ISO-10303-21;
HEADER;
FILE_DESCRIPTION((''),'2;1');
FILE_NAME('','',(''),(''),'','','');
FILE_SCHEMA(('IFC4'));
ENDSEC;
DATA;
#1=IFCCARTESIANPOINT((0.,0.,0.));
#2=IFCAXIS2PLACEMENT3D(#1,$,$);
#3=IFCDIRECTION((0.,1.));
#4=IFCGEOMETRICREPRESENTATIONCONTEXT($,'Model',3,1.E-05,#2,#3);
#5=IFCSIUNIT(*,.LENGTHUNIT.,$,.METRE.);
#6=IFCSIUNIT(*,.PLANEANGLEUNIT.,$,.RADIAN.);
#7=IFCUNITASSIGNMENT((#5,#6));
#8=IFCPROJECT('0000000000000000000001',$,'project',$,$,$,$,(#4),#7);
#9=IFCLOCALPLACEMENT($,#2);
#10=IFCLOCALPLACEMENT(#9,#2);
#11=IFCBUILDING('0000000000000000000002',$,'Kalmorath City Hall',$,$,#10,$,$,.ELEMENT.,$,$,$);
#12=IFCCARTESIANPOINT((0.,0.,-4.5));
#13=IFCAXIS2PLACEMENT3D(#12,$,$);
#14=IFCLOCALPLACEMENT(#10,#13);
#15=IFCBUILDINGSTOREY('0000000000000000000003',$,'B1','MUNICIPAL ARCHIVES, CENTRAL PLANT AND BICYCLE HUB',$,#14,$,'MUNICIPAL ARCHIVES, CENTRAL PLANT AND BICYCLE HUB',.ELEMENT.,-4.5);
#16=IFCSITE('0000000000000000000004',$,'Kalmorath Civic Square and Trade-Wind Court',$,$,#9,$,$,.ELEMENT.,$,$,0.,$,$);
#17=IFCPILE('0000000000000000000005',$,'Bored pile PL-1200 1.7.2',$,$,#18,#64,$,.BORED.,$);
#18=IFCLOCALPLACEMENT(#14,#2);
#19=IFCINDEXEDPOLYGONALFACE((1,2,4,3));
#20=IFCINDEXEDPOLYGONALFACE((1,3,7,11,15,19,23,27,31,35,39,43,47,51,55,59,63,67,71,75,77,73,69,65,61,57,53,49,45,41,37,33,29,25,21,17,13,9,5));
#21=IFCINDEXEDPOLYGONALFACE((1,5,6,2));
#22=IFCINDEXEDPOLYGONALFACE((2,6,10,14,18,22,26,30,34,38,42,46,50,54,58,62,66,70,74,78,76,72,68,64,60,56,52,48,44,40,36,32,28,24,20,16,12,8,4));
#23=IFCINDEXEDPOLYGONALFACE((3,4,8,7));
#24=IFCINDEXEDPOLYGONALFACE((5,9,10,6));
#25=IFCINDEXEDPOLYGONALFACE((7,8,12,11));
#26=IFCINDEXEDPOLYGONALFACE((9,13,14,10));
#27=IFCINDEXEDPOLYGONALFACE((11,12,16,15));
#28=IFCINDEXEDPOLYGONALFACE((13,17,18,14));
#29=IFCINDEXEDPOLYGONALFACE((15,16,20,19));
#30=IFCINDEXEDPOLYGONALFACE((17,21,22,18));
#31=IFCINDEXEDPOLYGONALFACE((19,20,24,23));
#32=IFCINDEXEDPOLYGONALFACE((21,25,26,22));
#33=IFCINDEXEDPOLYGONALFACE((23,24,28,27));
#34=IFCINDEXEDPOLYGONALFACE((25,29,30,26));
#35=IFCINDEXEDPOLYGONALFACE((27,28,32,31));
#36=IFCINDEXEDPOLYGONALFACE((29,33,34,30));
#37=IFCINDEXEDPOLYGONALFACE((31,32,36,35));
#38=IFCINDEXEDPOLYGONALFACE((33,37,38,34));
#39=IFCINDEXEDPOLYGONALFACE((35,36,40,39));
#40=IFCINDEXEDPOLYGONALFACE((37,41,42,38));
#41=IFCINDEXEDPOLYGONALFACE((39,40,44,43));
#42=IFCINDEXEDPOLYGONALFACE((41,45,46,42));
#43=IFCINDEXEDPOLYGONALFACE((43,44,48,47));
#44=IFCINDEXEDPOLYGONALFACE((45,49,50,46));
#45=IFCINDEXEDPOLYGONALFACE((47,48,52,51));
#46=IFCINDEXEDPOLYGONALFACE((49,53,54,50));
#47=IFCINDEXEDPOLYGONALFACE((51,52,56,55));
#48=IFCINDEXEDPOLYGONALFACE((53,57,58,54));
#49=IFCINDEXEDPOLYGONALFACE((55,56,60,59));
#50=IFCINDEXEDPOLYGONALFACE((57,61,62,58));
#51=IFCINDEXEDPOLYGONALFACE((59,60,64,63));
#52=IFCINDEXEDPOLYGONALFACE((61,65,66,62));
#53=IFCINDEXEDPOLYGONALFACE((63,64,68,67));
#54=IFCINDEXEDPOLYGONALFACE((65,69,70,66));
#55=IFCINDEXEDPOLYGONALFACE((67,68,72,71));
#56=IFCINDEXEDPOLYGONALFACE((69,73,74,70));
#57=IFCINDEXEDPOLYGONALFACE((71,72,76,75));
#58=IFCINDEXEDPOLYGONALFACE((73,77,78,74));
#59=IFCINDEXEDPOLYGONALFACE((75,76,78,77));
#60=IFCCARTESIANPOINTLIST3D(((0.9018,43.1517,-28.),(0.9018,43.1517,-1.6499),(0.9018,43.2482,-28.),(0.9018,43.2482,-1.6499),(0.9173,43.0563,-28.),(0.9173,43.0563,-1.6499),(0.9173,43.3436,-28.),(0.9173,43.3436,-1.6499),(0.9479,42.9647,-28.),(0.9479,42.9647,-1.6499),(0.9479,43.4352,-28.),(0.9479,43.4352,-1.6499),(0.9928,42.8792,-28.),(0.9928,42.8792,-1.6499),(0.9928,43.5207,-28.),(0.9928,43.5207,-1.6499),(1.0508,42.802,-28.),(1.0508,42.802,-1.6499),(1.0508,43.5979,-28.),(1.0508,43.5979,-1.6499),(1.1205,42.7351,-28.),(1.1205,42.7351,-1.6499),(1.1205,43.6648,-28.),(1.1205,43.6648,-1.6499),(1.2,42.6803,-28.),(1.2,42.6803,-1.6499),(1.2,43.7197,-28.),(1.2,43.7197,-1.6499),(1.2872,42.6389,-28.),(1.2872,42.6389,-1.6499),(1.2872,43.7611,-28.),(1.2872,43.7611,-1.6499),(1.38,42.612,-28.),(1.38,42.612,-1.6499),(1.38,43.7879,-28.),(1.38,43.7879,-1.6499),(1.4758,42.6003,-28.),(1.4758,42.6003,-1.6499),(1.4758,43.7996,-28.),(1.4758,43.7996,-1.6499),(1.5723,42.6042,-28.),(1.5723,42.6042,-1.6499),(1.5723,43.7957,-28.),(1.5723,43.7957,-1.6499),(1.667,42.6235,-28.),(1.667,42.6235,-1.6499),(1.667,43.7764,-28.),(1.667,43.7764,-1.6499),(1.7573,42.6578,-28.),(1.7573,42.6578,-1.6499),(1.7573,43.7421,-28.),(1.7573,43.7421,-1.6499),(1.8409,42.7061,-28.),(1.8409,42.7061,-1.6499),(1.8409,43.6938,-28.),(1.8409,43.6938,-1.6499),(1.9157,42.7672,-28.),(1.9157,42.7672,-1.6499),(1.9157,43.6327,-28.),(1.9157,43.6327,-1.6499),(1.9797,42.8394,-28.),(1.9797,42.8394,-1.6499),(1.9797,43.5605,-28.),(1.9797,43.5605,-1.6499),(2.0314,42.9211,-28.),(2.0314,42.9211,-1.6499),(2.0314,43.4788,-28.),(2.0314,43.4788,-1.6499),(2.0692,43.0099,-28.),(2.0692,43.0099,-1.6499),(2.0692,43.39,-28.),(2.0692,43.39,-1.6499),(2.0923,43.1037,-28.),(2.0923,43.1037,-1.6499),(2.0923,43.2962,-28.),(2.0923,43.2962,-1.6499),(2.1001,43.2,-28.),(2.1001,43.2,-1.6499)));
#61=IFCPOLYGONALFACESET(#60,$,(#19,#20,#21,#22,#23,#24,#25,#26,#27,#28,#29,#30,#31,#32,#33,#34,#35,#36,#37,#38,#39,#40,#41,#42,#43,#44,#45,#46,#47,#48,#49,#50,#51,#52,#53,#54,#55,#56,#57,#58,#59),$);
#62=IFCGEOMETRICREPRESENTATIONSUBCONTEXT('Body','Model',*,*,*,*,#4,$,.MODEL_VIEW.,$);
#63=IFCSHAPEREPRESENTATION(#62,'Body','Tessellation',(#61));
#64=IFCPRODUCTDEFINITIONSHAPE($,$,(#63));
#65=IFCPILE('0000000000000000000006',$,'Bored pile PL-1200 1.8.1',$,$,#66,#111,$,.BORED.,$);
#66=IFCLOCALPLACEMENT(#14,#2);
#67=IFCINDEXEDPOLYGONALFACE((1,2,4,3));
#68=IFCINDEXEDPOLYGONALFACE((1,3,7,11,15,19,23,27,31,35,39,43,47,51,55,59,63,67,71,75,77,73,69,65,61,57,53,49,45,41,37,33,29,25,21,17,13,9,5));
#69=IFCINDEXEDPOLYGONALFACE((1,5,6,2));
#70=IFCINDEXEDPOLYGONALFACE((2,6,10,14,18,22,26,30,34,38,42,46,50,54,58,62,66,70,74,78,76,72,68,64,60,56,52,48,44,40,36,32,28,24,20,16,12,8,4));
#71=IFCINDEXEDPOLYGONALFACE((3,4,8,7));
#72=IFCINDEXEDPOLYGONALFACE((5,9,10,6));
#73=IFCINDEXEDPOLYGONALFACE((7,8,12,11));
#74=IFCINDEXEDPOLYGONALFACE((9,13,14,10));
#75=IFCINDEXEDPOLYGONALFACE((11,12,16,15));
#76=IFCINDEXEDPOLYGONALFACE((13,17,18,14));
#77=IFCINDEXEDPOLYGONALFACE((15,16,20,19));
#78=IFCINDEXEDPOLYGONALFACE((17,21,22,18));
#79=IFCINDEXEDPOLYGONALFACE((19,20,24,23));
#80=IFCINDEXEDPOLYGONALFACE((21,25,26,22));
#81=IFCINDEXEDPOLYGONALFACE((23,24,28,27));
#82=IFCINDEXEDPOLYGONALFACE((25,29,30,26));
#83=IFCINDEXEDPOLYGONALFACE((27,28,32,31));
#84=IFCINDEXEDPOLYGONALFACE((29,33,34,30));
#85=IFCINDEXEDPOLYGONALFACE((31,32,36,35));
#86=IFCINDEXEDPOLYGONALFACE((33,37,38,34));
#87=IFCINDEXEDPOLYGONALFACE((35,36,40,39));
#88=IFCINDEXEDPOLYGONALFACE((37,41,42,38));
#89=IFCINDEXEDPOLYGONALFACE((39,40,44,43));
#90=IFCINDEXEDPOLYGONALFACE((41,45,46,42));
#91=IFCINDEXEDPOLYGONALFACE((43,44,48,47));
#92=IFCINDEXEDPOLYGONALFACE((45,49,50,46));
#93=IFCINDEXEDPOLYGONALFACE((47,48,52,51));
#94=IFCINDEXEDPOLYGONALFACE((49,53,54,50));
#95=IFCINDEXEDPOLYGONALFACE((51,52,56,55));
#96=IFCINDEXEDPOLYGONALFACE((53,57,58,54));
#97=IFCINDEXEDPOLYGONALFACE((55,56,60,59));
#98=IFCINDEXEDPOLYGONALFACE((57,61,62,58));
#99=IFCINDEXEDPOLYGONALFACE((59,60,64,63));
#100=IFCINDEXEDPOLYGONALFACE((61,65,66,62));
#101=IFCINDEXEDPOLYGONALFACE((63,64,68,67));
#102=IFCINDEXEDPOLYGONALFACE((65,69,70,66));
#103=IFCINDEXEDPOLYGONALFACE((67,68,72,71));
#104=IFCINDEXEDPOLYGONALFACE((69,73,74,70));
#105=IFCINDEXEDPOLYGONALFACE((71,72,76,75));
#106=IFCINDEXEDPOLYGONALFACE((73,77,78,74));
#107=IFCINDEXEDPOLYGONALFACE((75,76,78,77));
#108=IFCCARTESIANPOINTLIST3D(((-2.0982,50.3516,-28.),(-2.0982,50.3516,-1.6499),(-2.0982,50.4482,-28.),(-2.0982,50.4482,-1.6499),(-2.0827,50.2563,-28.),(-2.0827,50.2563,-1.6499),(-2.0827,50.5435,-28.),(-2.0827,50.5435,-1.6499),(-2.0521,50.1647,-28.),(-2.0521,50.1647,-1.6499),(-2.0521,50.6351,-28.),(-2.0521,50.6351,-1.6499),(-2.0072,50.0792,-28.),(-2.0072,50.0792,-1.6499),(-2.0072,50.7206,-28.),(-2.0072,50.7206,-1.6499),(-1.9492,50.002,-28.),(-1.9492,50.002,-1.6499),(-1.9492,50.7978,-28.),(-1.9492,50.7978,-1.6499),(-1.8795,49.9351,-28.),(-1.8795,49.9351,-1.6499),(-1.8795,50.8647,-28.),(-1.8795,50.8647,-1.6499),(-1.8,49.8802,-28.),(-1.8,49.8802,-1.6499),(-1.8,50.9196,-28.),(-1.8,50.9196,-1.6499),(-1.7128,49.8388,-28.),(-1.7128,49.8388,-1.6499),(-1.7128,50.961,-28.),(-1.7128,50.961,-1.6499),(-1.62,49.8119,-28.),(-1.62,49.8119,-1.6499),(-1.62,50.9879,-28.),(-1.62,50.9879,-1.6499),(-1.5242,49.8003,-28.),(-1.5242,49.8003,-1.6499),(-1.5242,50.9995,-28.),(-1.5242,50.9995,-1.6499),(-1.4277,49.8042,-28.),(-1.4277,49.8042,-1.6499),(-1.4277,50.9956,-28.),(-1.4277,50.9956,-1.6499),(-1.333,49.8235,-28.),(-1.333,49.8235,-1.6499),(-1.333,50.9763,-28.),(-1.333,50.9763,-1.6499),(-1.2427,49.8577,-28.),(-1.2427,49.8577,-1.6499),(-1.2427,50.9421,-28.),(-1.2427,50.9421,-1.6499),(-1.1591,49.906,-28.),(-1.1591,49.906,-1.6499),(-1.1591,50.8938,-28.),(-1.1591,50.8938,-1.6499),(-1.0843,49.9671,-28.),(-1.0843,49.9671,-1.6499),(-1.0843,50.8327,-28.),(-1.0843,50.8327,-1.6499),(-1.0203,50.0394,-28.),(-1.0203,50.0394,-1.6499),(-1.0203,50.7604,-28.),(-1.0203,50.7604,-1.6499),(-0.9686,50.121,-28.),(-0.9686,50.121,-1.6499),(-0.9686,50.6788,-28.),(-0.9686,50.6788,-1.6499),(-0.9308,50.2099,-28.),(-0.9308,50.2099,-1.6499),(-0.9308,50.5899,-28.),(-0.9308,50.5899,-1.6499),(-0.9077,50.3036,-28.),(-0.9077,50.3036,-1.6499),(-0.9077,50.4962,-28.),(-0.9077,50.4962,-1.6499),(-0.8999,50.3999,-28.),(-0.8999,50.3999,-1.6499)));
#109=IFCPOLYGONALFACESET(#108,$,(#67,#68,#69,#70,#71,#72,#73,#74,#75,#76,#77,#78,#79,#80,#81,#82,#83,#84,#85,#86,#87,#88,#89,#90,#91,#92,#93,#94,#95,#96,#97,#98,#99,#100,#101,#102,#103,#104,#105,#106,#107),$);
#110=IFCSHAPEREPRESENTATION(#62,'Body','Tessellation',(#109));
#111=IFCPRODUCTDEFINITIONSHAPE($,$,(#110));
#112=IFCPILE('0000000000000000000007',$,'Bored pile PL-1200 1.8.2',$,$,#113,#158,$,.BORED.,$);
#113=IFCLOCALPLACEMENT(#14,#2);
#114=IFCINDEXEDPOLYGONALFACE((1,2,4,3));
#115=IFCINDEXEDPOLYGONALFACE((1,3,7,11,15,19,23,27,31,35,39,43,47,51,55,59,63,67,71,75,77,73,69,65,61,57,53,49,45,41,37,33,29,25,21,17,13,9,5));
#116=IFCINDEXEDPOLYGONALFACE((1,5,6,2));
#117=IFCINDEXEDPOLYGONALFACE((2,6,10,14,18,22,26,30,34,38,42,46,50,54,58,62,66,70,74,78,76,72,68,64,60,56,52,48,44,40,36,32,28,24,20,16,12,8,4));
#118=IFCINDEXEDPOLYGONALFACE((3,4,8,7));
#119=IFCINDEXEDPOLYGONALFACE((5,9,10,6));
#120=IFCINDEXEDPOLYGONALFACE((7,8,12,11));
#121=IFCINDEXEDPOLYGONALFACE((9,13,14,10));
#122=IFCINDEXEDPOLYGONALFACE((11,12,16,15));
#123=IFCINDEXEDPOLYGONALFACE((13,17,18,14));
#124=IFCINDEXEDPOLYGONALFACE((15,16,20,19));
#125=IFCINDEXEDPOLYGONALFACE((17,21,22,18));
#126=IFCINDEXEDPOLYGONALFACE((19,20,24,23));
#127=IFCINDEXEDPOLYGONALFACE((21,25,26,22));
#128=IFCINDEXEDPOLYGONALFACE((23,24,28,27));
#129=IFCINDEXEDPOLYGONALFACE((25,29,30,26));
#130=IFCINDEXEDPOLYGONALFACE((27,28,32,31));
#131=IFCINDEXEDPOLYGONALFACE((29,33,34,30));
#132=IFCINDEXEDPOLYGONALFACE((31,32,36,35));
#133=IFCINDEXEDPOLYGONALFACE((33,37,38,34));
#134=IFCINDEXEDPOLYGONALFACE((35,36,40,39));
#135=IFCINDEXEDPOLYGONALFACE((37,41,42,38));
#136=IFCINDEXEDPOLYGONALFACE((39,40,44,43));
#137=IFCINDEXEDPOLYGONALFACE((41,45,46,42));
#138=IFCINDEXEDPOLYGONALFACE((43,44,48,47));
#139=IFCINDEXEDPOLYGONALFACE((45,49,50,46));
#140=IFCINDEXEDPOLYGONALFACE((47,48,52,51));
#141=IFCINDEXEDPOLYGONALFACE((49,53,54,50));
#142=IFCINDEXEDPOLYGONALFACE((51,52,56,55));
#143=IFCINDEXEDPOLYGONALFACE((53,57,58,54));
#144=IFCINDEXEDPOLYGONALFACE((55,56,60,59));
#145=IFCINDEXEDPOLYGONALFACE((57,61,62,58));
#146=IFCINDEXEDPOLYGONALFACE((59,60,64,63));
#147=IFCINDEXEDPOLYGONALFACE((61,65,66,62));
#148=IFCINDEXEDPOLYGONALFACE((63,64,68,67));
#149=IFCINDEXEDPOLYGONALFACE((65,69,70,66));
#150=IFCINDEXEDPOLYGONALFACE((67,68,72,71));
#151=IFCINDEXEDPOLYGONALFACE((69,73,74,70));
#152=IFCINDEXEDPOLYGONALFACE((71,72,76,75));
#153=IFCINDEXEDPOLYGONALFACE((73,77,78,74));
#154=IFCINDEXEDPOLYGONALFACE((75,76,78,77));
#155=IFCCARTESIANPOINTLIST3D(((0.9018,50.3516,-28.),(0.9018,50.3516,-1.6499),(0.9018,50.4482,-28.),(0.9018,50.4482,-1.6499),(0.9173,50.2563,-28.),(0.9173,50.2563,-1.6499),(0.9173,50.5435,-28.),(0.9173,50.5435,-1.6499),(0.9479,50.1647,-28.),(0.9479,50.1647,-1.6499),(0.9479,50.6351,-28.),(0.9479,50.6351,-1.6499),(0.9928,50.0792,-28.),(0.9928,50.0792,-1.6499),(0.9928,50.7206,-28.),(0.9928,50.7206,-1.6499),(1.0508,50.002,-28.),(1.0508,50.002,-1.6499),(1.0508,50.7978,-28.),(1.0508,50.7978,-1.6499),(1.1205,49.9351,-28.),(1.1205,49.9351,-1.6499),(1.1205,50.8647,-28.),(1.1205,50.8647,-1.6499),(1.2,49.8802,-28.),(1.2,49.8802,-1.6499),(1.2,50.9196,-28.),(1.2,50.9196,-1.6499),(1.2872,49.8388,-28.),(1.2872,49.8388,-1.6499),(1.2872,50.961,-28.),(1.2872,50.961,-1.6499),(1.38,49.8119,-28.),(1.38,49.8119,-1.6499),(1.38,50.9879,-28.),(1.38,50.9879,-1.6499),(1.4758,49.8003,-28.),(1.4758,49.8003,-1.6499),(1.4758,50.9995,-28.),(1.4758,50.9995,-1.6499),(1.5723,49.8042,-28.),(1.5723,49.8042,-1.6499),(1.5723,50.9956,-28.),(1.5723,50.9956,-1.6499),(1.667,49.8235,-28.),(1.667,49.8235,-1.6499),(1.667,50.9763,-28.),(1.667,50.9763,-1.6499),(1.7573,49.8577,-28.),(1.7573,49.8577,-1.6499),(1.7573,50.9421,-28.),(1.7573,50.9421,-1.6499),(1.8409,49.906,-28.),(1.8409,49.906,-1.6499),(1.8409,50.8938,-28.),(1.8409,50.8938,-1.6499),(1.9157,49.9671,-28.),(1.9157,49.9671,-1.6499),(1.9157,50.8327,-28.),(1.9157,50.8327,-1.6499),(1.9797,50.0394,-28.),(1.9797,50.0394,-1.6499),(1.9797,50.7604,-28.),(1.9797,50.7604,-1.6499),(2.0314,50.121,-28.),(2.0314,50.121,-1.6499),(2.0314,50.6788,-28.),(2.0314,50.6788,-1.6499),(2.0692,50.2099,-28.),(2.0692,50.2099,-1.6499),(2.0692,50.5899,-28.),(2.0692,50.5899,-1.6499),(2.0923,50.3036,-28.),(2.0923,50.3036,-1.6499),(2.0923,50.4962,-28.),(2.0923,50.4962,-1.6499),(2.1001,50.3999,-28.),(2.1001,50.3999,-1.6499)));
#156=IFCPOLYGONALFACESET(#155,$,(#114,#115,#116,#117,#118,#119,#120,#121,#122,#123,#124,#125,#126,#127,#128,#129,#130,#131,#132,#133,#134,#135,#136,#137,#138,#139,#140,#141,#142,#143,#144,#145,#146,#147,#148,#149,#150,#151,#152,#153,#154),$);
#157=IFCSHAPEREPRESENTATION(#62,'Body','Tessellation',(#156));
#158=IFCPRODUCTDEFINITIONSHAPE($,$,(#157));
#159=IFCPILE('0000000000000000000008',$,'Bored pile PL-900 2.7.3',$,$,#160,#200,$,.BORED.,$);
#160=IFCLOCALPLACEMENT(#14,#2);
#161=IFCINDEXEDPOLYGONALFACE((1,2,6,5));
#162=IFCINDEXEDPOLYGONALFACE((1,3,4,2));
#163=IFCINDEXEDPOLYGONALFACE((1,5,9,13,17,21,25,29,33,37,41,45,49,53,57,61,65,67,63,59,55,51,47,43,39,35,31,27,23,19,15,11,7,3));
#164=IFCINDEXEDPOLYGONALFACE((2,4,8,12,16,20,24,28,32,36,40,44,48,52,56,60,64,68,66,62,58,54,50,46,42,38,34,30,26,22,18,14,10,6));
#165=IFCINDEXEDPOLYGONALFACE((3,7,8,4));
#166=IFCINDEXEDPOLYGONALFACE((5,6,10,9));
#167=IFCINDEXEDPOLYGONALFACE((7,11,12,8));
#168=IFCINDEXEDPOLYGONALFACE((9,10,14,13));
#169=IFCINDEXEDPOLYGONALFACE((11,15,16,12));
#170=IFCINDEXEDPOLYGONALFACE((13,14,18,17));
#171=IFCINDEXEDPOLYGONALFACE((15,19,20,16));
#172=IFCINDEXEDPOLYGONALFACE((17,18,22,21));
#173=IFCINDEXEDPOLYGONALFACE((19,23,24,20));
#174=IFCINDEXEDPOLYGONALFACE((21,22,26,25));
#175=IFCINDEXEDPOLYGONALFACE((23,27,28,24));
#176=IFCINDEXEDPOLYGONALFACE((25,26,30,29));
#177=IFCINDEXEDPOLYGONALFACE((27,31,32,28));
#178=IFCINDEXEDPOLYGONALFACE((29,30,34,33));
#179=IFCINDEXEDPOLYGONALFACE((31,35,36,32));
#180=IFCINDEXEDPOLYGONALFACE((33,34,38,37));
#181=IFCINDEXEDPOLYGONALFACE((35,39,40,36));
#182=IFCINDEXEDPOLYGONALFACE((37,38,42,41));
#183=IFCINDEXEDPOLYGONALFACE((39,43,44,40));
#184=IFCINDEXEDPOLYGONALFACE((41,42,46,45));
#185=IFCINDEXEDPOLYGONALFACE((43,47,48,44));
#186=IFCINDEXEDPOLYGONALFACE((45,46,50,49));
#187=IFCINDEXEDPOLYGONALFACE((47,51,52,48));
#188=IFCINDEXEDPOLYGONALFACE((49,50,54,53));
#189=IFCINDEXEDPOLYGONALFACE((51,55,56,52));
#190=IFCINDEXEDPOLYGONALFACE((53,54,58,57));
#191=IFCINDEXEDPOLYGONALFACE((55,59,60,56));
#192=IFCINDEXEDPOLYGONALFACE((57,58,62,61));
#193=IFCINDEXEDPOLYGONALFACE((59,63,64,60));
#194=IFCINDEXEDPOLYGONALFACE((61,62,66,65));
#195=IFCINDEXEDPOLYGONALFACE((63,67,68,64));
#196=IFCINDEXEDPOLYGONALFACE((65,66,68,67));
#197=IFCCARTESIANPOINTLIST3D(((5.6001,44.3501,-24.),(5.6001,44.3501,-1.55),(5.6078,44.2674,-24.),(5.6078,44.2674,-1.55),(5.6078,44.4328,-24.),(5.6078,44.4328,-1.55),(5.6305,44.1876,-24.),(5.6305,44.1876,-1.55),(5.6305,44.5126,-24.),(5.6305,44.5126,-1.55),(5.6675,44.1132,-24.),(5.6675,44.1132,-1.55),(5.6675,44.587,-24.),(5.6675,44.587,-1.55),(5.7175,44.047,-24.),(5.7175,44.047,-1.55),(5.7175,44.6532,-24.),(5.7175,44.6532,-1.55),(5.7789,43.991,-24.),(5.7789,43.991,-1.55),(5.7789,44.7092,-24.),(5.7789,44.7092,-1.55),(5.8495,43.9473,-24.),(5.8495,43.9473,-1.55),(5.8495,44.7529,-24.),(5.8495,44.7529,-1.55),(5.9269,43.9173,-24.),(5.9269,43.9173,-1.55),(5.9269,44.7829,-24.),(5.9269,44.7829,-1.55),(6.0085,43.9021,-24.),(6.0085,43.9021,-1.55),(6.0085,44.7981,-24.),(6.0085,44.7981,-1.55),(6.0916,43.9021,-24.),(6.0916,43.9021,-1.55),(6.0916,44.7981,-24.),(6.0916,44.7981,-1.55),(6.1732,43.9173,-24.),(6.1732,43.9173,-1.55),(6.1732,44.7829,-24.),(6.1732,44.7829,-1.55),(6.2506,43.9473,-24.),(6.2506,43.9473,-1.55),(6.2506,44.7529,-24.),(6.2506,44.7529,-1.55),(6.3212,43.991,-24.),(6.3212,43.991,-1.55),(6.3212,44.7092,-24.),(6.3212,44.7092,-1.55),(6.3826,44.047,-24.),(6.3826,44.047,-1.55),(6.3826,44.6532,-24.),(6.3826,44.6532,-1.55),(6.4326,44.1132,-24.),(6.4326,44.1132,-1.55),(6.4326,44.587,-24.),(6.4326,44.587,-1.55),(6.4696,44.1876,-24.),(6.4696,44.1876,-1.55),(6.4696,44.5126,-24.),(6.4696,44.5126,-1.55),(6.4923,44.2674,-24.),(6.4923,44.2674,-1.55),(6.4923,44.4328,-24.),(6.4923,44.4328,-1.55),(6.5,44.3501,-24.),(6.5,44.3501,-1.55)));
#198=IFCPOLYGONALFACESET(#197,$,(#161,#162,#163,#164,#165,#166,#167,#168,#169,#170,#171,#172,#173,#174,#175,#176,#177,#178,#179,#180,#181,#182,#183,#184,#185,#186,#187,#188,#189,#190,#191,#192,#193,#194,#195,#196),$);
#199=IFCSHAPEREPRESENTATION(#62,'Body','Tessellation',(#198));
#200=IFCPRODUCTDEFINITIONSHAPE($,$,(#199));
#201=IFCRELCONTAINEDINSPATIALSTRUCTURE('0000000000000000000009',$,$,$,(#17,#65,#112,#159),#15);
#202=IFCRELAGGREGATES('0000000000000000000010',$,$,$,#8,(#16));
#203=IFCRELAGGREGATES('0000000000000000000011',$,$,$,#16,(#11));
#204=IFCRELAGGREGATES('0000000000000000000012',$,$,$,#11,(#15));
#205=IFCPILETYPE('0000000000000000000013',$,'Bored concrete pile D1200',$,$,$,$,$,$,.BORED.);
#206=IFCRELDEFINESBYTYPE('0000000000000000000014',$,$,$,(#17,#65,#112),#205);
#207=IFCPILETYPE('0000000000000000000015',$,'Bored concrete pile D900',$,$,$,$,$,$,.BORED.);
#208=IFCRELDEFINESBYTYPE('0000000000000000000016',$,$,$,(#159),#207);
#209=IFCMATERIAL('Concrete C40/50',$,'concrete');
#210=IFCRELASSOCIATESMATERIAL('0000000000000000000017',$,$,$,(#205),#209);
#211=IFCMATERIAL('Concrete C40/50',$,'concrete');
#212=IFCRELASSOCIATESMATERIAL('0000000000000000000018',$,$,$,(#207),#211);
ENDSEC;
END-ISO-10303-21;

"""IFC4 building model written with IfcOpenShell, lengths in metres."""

from ifc_helpers import new_model, si_unit, direction, frame, origin, origin_2d, place, context, subcontext, project, spatial, circle, extrude, material, material_profile, profile_set, type_object, element, save


model = new_model("IFC4")

# Units and contexts
model_context = context("Model", 3, precision=1e-05, world=origin(), true_north=direction((0.0, 1.0)))
body_context = subcontext(model_context, "Body", "Model", "MODEL_VIEW")
ifc_project = project(units=[si_unit("LENGTHUNIT", "METRE"), si_unit("PLANEANGLEUNIT", "RADIAN")], contexts=[model_context])

# Site, building, storey
site_placement = place(None, origin())
site = spatial("IfcSite", under=ifc_project, at=site_placement, Name="Kalmorath Civic Square and Trade-Wind Court", CompositionType="ELEMENT", RefElevation=0.0)
building_placement = place(site_placement, origin())
building = spatial("IfcBuilding", under=site, at=building_placement, Name="Kalmorath City Hall", CompositionType="ELEMENT")
storey_placement = place(building_placement, frame((0.0, 0.0, -4.5)))
storey = spatial("IfcBuildingStorey", under=building, at=storey_placement, Name="B1", Description="MUNICIPAL ARCHIVES, CENTRAL PLANT AND BICYCLE HUB", LongName="MUNICIPAL ARCHIVES, CENTRAL PLANT AND BICYCLE HUB", CompositionType="ELEMENT", Elevation=-4.5)

# Piles
ifc_material_1 = material(Name="Concrete C40/50", Category="concrete")
ifc_material_profile_1 = material_profile(ifc_material_1, circle(Radius=0.6001, at=origin_2d()), Name="PILE-D1200")
ifc_profile_set_1 = profile_set([ifc_material_profile_1], Name="Concrete C40/50")
pile_type_1 = type_object("IfcPileType", Name="Bored concrete pile D1200", PredefinedType="BORED", material=ifc_profile_set_1)
for number, where, z_axis, x_axis, name in (
    (1, (1.5, 43.2, -1.6499), (0.0, 0.0, -1.0), (1.0, 0.0, 0.0), "Bored pile PL-1200 1.7.2"),
    (2, (-1.5, 50.3999, -1.6499), (0.0, 0.0, -1.0), (1.0, 0.0, 0.0), "Bored pile PL-1200 1.8.1"),
    (3, (1.5, 50.3999, -1.6499), (0.0, 0.0, -1.0), (1.0, 0.0, 0.0), "Bored pile PL-1200 1.8.2"),
):
    element("IfcPile", number, at=place(storey_placement, frame(where, z_axis=z_axis, x_axis=x_axis)), inside=storey, type_object=pile_type_1, Name=name, PredefinedType="BORED", context=body_context, shape_type="SweptSolid", body=[
        extrude(circle(Radius=0.6001, at=origin_2d()), origin(), (0.0, 0.0, 1.0), 26.3501),
    ])
ifc_material_2 = material(Name="Concrete C40/50", Category="concrete")
ifc_material_profile_2 = material_profile(ifc_material_2, circle(Radius=0.45, at=origin_2d()), Name="PILE-D900")
ifc_profile_set_2 = profile_set([ifc_material_profile_2], Name="Concrete C40/50")
pile_type_2 = type_object("IfcPileType", Name="Bored concrete pile D900", PredefinedType="BORED", material=ifc_profile_set_2)
for number, where, z_axis, x_axis, name in (
    (4, (6.05, 44.3501, -1.55), (0.0, 0.0, -1.0), (1.0, 0.0, 0.0), "Bored pile PL-900 2.7.3"),
):
    element("IfcPile", number, at=place(storey_placement, frame(where, z_axis=z_axis, x_axis=x_axis)), inside=storey, type_object=pile_type_2, Name=name, PredefinedType="BORED", context=body_context, shape_type="SweptSolid", body=[
        extrude(circle(Radius=0.45, at=origin_2d()), origin(), (0.0, 0.0, 1.0), 22.45),
    ])

save(model, "model.ifc")
